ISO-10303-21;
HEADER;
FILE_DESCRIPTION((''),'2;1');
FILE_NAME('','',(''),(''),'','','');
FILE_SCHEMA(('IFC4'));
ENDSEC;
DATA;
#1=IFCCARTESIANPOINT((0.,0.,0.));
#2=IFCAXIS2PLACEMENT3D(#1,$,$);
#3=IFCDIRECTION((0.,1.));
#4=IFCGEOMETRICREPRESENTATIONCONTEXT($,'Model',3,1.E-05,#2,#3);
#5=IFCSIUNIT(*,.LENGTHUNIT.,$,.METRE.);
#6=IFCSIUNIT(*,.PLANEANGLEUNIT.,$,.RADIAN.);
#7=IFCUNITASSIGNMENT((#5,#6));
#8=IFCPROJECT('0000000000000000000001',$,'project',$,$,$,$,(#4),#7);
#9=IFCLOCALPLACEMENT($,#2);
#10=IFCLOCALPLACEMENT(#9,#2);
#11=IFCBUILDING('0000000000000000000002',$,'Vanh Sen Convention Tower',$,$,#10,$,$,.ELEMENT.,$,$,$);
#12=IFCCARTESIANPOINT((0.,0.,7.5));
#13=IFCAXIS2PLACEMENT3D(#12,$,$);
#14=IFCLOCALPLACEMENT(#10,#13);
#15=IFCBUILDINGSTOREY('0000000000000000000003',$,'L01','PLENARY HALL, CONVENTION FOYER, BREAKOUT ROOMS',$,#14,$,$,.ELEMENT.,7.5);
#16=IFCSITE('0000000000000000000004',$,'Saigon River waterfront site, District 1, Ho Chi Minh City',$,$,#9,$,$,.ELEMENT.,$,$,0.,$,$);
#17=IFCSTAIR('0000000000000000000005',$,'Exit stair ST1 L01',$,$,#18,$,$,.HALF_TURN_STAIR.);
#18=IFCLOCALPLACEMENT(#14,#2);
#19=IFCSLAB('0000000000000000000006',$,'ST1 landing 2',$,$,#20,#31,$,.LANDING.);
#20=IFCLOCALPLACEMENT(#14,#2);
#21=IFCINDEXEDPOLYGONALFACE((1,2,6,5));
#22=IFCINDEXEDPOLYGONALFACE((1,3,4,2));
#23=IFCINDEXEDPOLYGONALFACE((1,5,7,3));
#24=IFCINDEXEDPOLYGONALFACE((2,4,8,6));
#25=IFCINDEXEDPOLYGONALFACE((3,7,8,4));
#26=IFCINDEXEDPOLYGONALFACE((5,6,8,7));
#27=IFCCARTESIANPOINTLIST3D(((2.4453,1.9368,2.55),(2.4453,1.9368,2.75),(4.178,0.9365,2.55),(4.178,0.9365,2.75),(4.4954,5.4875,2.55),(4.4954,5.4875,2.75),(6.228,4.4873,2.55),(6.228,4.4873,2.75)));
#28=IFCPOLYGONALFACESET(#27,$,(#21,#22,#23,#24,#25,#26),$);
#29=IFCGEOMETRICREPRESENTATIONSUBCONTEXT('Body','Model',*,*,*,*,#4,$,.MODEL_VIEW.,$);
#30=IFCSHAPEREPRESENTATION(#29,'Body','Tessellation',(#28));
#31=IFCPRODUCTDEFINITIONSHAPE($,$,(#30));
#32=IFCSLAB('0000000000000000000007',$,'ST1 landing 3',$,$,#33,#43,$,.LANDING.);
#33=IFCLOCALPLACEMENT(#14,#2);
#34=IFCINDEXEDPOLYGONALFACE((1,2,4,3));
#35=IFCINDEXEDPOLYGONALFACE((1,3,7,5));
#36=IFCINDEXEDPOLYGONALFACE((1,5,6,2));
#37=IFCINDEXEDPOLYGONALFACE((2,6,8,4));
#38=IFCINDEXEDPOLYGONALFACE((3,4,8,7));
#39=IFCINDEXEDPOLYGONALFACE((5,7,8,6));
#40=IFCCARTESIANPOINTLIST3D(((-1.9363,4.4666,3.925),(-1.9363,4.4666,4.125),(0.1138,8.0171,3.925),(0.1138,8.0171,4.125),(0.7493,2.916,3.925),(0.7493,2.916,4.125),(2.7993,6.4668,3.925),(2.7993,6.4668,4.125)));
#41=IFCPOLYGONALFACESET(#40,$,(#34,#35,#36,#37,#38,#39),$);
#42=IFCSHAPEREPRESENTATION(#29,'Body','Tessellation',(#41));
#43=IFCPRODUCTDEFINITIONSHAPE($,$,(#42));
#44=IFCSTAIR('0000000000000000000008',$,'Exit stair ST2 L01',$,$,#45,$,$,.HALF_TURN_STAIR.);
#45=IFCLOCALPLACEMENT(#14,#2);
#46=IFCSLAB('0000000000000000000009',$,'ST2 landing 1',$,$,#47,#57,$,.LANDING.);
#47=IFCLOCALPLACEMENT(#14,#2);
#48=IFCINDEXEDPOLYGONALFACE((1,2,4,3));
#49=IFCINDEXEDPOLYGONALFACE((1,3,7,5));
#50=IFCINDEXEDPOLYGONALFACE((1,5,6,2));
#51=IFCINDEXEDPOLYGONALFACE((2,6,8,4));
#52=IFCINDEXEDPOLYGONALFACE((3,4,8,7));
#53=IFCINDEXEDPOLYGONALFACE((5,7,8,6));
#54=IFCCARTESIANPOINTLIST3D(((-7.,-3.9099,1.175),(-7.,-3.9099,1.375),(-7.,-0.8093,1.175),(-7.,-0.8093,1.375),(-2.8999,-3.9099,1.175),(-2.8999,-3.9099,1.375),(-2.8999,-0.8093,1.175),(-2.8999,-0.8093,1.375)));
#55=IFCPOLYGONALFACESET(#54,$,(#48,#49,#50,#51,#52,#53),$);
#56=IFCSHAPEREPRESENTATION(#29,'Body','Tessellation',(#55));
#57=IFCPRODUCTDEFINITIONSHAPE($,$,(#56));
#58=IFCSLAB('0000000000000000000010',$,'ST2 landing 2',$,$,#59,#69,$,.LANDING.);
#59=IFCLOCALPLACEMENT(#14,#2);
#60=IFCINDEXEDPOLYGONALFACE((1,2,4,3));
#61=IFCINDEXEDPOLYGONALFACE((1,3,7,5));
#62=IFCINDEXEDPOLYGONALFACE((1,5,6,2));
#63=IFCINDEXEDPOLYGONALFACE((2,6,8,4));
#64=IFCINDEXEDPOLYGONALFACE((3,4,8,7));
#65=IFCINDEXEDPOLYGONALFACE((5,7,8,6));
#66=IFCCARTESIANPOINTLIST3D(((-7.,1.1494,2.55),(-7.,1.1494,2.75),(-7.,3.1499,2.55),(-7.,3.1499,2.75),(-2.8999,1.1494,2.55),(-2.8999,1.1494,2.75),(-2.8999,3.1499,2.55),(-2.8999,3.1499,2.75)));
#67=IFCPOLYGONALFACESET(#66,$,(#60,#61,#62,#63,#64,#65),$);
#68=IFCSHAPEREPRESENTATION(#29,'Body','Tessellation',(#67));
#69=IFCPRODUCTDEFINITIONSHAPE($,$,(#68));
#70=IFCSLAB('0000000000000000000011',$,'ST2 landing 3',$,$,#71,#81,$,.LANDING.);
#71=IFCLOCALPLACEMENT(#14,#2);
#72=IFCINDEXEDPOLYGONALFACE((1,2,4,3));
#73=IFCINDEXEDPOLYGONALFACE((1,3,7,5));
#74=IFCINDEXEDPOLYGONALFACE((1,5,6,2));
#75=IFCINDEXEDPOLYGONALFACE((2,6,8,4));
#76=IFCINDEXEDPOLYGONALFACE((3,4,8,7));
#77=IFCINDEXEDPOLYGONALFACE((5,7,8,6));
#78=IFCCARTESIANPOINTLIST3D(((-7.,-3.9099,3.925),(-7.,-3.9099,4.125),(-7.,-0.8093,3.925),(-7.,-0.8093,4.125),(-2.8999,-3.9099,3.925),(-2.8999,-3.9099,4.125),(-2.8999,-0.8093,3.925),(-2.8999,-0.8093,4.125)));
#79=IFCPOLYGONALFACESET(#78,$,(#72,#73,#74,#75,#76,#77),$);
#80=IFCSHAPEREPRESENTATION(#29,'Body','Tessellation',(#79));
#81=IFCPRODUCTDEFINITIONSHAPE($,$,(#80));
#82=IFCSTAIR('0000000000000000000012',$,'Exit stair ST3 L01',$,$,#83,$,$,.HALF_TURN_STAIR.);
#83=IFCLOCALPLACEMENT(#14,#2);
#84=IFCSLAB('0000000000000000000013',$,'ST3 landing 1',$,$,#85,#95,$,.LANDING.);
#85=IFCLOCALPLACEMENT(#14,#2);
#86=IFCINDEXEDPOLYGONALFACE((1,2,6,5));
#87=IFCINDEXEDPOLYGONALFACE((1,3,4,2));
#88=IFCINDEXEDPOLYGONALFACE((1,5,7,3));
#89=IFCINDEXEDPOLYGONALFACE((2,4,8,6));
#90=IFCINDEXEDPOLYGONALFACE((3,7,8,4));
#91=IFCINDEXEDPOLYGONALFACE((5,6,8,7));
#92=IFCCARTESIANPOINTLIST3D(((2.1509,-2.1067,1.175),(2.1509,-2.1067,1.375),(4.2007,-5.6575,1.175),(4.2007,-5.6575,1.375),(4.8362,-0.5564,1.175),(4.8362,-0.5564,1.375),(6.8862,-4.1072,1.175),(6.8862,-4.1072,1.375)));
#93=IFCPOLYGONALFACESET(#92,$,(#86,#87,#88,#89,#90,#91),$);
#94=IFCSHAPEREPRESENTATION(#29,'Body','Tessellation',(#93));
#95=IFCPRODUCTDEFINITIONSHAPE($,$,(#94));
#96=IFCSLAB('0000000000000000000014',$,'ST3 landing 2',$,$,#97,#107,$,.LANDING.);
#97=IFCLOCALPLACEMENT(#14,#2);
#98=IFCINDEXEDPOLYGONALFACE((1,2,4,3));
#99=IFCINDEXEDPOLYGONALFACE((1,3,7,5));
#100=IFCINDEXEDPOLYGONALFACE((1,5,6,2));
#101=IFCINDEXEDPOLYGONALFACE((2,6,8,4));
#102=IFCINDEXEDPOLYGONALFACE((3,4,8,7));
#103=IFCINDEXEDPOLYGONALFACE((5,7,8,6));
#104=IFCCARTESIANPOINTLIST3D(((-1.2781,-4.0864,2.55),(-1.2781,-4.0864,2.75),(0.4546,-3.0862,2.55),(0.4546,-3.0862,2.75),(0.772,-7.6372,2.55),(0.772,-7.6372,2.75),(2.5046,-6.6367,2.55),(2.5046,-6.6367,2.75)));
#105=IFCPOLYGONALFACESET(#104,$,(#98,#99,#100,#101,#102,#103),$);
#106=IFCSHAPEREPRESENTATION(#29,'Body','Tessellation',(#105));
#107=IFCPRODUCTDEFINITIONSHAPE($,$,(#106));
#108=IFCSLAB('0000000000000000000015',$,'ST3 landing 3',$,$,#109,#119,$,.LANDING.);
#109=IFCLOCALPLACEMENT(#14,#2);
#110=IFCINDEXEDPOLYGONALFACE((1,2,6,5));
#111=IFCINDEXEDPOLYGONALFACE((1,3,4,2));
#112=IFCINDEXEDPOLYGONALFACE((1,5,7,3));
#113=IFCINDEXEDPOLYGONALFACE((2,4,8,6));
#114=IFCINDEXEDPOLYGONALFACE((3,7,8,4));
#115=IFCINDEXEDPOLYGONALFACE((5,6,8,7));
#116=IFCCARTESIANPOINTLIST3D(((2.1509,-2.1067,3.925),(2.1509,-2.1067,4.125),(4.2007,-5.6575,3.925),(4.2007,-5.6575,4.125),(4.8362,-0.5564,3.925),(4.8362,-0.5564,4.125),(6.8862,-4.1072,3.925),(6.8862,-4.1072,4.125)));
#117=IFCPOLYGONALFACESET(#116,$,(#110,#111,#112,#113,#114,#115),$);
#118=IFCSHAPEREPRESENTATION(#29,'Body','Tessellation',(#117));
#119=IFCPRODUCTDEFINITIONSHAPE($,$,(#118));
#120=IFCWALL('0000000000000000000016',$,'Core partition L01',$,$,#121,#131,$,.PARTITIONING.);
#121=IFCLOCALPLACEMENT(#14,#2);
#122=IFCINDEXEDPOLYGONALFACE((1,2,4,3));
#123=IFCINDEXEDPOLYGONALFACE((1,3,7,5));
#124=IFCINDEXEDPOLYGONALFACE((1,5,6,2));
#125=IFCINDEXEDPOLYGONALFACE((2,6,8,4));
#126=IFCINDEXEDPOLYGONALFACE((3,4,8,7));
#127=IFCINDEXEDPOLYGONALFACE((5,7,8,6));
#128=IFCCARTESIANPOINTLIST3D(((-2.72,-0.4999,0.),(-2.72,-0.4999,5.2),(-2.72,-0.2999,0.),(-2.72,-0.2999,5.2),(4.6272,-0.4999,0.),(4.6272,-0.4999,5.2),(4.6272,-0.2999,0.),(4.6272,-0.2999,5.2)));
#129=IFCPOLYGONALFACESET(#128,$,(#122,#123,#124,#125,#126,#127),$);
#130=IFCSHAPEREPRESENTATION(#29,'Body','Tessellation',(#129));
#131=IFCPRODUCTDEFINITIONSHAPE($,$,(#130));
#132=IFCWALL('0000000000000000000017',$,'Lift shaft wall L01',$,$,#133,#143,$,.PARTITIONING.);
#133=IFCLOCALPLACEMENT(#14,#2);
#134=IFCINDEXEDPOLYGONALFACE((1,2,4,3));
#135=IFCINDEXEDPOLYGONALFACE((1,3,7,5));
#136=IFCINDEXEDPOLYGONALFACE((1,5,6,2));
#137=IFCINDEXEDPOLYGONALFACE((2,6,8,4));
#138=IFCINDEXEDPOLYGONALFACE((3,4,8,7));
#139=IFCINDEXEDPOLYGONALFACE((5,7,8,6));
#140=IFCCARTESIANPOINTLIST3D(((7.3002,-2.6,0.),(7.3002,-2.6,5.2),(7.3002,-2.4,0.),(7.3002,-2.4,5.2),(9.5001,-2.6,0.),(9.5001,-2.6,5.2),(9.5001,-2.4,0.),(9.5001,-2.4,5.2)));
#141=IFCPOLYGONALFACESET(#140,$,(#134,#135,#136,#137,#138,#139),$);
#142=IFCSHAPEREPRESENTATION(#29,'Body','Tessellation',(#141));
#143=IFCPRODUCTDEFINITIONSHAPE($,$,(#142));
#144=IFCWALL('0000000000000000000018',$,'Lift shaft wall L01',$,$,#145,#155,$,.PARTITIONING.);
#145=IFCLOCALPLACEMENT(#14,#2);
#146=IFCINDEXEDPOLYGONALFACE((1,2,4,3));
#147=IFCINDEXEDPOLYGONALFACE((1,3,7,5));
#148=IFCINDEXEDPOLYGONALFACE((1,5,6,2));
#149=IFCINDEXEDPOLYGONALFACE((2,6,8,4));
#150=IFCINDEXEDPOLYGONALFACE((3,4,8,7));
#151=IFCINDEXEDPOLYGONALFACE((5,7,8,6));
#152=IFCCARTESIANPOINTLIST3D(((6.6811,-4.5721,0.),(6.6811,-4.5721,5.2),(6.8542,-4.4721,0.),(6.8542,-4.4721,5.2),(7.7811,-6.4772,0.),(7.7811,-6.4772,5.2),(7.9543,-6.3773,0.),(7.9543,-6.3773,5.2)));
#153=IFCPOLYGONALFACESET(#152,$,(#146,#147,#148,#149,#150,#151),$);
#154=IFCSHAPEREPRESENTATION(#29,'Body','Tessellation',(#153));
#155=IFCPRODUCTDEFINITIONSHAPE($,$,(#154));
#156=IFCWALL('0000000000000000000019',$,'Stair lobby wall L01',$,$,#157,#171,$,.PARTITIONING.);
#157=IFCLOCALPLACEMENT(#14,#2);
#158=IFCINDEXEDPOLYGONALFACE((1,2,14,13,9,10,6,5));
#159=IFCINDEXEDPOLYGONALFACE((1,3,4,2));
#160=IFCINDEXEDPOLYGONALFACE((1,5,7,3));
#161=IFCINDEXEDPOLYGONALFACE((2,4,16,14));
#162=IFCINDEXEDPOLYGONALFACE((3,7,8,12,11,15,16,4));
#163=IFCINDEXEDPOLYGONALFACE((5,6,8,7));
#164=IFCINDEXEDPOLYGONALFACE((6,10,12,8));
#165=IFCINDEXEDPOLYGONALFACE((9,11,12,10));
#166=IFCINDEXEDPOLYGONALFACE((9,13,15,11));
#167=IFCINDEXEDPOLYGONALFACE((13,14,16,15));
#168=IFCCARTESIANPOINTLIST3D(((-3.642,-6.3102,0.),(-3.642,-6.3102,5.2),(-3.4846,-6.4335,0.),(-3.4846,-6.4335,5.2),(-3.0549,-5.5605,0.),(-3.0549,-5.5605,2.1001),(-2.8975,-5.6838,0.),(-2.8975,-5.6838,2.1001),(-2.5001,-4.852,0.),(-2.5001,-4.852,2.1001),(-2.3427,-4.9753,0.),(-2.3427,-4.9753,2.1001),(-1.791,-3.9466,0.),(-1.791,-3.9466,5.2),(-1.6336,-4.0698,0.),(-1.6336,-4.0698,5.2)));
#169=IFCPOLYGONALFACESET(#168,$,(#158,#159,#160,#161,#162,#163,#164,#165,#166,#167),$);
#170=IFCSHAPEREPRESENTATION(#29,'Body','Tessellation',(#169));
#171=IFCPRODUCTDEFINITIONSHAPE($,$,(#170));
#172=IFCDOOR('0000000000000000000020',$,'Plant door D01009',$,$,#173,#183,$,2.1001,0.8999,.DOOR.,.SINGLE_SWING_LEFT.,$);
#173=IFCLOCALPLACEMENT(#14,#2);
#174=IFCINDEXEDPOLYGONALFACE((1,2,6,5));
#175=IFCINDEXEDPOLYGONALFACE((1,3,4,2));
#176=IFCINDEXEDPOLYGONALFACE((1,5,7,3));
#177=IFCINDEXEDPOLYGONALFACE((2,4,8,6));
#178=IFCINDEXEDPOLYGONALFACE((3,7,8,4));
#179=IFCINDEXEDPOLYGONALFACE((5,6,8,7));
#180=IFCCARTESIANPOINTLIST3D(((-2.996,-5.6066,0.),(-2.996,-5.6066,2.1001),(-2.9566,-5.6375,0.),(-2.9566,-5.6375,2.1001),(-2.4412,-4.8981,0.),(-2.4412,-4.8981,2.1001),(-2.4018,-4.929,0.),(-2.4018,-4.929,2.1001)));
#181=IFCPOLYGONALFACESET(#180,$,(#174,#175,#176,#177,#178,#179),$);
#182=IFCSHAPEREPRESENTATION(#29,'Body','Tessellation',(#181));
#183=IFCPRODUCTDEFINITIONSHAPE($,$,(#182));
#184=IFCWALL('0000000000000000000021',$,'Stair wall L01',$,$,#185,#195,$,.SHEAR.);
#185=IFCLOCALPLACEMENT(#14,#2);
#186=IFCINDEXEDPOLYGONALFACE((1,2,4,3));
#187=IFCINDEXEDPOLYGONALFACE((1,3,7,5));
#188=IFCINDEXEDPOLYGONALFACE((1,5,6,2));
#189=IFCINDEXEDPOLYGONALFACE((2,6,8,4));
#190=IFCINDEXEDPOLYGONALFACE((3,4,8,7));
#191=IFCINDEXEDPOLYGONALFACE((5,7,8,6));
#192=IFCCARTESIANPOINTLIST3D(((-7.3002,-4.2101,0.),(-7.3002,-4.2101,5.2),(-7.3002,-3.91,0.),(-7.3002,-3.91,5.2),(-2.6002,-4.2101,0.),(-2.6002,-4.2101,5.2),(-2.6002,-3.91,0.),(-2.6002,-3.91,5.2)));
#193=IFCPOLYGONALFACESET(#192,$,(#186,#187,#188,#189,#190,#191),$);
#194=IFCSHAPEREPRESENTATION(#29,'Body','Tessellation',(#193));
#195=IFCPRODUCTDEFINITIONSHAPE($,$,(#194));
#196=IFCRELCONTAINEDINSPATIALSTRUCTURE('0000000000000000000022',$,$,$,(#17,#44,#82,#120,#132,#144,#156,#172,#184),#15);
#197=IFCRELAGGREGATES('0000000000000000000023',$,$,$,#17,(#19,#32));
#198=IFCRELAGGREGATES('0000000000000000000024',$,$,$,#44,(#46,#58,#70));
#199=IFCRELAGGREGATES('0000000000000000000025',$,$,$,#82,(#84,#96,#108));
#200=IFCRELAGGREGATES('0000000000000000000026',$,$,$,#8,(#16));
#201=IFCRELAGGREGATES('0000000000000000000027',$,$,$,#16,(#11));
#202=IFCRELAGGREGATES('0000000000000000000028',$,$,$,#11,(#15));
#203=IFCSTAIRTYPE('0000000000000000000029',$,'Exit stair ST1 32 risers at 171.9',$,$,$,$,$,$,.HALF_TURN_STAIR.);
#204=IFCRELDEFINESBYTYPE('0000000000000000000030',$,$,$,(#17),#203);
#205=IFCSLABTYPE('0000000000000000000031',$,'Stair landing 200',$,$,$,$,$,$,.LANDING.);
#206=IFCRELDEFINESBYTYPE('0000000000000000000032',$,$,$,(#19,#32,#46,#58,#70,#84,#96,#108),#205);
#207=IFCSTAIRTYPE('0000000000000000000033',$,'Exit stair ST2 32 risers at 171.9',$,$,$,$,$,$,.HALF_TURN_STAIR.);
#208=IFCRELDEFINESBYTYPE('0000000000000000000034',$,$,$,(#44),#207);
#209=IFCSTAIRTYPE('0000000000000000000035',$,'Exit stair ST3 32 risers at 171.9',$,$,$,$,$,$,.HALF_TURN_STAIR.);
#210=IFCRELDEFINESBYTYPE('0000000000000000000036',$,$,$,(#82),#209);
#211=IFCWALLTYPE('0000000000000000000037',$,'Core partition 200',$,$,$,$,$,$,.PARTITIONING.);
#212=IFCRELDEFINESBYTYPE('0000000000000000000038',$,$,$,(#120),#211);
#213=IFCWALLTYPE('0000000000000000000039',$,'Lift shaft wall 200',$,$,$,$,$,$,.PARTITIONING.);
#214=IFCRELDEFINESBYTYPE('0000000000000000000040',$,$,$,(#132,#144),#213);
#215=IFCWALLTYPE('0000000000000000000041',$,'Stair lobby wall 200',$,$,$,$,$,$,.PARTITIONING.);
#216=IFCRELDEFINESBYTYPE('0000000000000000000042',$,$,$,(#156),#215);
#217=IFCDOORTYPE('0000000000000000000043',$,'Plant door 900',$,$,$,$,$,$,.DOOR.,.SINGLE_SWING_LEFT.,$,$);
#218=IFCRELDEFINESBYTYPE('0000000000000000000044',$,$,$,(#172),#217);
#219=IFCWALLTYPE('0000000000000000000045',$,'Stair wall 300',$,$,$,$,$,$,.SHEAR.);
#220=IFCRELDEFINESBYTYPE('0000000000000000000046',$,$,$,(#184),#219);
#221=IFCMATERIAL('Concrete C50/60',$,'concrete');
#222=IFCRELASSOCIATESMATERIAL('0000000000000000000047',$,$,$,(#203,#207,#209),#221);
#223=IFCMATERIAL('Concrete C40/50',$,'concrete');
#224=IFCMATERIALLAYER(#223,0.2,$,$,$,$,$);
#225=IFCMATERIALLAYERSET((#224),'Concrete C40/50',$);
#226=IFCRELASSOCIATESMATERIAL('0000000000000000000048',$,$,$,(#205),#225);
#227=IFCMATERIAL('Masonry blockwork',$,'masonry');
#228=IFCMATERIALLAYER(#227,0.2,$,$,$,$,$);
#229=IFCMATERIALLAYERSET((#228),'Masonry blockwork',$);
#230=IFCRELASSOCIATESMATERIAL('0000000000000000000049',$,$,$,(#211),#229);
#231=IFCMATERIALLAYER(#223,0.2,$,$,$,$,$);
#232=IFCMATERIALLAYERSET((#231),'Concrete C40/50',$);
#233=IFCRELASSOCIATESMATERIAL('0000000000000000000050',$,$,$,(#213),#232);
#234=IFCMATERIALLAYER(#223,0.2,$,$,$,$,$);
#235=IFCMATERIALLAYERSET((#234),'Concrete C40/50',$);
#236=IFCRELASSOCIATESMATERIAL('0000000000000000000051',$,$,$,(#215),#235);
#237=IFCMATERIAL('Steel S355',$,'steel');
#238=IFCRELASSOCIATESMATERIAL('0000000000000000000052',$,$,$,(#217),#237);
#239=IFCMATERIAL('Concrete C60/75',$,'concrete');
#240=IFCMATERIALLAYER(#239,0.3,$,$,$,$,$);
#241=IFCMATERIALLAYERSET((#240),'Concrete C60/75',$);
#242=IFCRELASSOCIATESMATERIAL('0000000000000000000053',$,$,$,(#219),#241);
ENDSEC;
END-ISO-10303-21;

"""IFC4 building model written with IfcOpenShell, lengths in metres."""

from ifc_helpers import new_model, si_unit, direction, frame, frame_2d, origin, place, context, subcontext, project, spatial, polyline, rectangle, outline, extrude, material, layer, layer_set, type_object, element, fill, aggregate, save


model = new_model("IFC4")

# Units and contexts
model_context = context("Model", 3, precision=1e-05, world=origin(), true_north=direction((0.0, 1.0)))
body_context = subcontext(model_context, "Body", "Model", "MODEL_VIEW")
ifc_project = project(units=[si_unit("LENGTHUNIT", "METRE"), si_unit("PLANEANGLEUNIT", "RADIAN")], contexts=[model_context])

# Site, building, storey
site_placement = place(None, origin())
site = spatial("IfcSite", under=ifc_project, at=site_placement, Name="Saigon River waterfront site, District 1, Ho Chi Minh City", CompositionType="ELEMENT", RefElevation=0.0)
building_placement = place(site_placement, origin())
building = spatial("IfcBuilding", under=site, at=building_placement, Name="Vanh Sen Convention Tower", CompositionType="ELEMENT")
storey_placement = place(building_placement, frame((0.0, 0.0, 7.5)))
storey = spatial("IfcBuildingStorey", under=building, at=storey_placement, Name="L01", Description="PLENARY HALL, CONVENTION FOYER, BREAKOUT ROOMS", CompositionType="ELEMENT", Elevation=7.5)

# Shared definitions
ifc_material_1 = material(Name="Concrete C40/50", Category="concrete")

# Stairs, slabs
ifc_material_2 = material(Name="Concrete C50/60", Category="concrete")
stair_type_1 = type_object("IfcStairType", Name="Exit stair ST1 32 risers at 171.9", PredefinedType="HALF_TURN_STAIR", material=ifc_material_2)
stair_1_placement = place(storey_placement, origin())
stair_1 = element("IfcStair", 1, at=stair_1_placement, inside=storey, type_object=stair_type_1, Name="Exit stair ST1 L01", PredefinedType="HALF_TURN_STAIR")
ifc_layer_1 = layer(ifc_material_1, 0.2)
ifc_layer_set_1 = layer_set([ifc_layer_1], Name="Concrete C40/50")
slab_type_1 = type_object("IfcSlabType", Name="Stair landing 200", PredefinedType="LANDING", material=ifc_layer_set_1)
slab_1_placement = place(storey_placement, frame((0.0, 0.0, 2.55)))
slab_1 = element("IfcSlab", 2, at=slab_1_placement, type_object=slab_type_1, Name="ST1 landing 2", PredefinedType="LANDING", context=body_context, shape_type="SweptSolid", body=[
    extrude(outline(polyline([(6.228, 4.4873), (4.4954, 5.4875), (2.4453, 1.9368), (4.178, 0.9365), (6.228, 4.4873)])), origin(), (0.0, 0.0, 1.0), 0.2),
])
slab_2_placement = place(storey_placement, frame((0.0, 0.0, 3.925)))
slab_2 = element("IfcSlab", 3, at=slab_2_placement, type_object=slab_type_1, Name="ST1 landing 3", PredefinedType="LANDING", context=body_context, shape_type="SweptSolid", body=[
    extrude(outline(polyline([(2.7993, 6.4668), (0.1138, 8.0171), (-1.9363, 4.4666), (0.7493, 2.916), (2.7993, 6.4668)])), origin(), (0.0, 0.0, 1.0), 0.2),
])
aggregate(stair_1, [slab_1, slab_2])
stair_type_2 = type_object("IfcStairType", Name="Exit stair ST2 32 risers at 171.9", PredefinedType="HALF_TURN_STAIR", material=ifc_material_2)
stair_2_placement = place(storey_placement, origin())
stair_2 = element("IfcStair", 4, at=stair_2_placement, inside=storey, type_object=stair_type_2, Name="Exit stair ST2 L01", PredefinedType="HALF_TURN_STAIR")
slab_3_placement = place(storey_placement, frame((0.0, 0.0, 1.175)))
slab_3 = element("IfcSlab", 5, at=slab_3_placement, type_object=slab_type_1, Name="ST2 landing 1", PredefinedType="LANDING", context=body_context, shape_type="SweptSolid", body=[
    extrude(outline(polyline([(-7.0, -0.8093), (-7.0, -3.9099), (-2.8999, -3.9099), (-2.8999, -0.8093), (-7.0, -0.8093)])), origin(), (0.0, 0.0, 1.0), 0.2),
])
slab_4_placement = place(storey_placement, frame((0.0, 0.0, 2.55)))
slab_4 = element("IfcSlab", 6, at=slab_4_placement, type_object=slab_type_1, Name="ST2 landing 2", PredefinedType="LANDING", context=body_context, shape_type="SweptSolid", body=[
    extrude(outline(polyline([(-7.0, 3.1499), (-7.0, 1.1494), (-2.8999, 1.1494), (-2.8999, 3.1499), (-7.0, 3.1499)])), origin(), (0.0, 0.0, 1.0), 0.2),
])
slab_5_placement = place(storey_placement, frame((0.0, 0.0, 3.925)))
slab_5 = element("IfcSlab", 7, at=slab_5_placement, type_object=slab_type_1, Name="ST2 landing 3", PredefinedType="LANDING", context=body_context, shape_type="SweptSolid", body=[
    extrude(outline(polyline([(-7.0, -0.8093), (-7.0, -3.9099), (-2.8999, -3.9099), (-2.8999, -0.8093), (-7.0, -0.8093)])), origin(), (0.0, 0.0, 1.0), 0.2),
])
aggregate(stair_2, [slab_3, slab_4, slab_5])
stair_type_3 = type_object("IfcStairType", Name="Exit stair ST3 32 risers at 171.9", PredefinedType="HALF_TURN_STAIR", material=ifc_material_2)
stair_3_placement = place(storey_placement, origin())
stair_3 = element("IfcStair", 8, at=stair_3_placement, inside=storey, type_object=stair_type_3, Name="Exit stair ST3 L01", PredefinedType="HALF_TURN_STAIR")
slab_6_placement = place(storey_placement, frame((0.0, 0.0, 1.175)))
slab_6 = element("IfcSlab", 9, at=slab_6_placement, type_object=slab_type_1, Name="ST3 landing 1", PredefinedType="LANDING", context=body_context, shape_type="SweptSolid", body=[
    extrude(outline(polyline([(4.2007, -5.6575), (6.8862, -4.1072), (4.8362, -0.5564), (2.1509, -2.1067), (4.2007, -5.6575)])), origin(), (0.0, 0.0, 1.0), 0.2),
])
slab_7_placement = place(storey_placement, frame((0.0, 0.0, 2.55)))
slab_7 = element("IfcSlab", 10, at=slab_7_placement, type_object=slab_type_1, Name="ST3 landing 2", PredefinedType="LANDING", context=body_context, shape_type="SweptSolid", body=[
    extrude(outline(polyline([(0.772, -7.6372), (2.5046, -6.6367), (0.4546, -3.0862), (-1.2781, -4.0864), (0.772, -7.6372)])), origin(), (0.0, 0.0, 1.0), 0.2),
])
slab_8_placement = place(storey_placement, frame((0.0, 0.0, 3.925)))
slab_8 = element("IfcSlab", 11, at=slab_8_placement, type_object=slab_type_1, Name="ST3 landing 3", PredefinedType="LANDING", context=body_context, shape_type="SweptSolid", body=[
    extrude(outline(polyline([(4.2007, -5.6575), (6.8862, -4.1072), (4.8362, -0.5564), (2.1509, -2.1067), (4.2007, -5.6575)])), origin(), (0.0, 0.0, 1.0), 0.2),
])
aggregate(stair_3, [slab_6, slab_7, slab_8])

# Walls
ifc_material_3 = material(Name="Masonry blockwork", Category="masonry")
ifc_layer_2 = layer(ifc_material_3, 0.2)
ifc_layer_set_2 = layer_set([ifc_layer_2], Name="Masonry blockwork")
wall_type_1 = type_object("IfcWallType", Name="Core partition 200", PredefinedType="PARTITIONING", material=ifc_layer_set_2)
wall_1_placement = place(storey_placement, frame((-2.72, -0.3999, 0.0), z_axis=(0.0, 0.0, 1.0), x_axis=(1.0, 0.0, 0.0)))
element("IfcWall", 12, at=wall_1_placement, inside=storey, type_object=wall_type_1, Name="Core partition L01", PredefinedType="PARTITIONING", context=body_context, shape_type="SweptSolid", body=[
    extrude(rectangle(XDim=7.3472, YDim=0.2, at=frame_2d((3.6736, 0.0))), origin(), (0.0, 0.0, 1.0), 5.2),
])
ifc_layer_3 = layer(ifc_material_1, 0.2)
ifc_layer_set_3 = layer_set([ifc_layer_3], Name="Concrete C40/50")
wall_type_2 = type_object("IfcWallType", Name="Lift shaft wall 200", PredefinedType="PARTITIONING", material=ifc_layer_set_3)
for number, where, z_axis, x_axis, name in (
    (13, (7.3, -2.5, 0.0), (0.0, 0.0, 1.0), (1.0, 0.0, 0.0), "Lift shaft wall L01"),
    (14, (6.7676, -4.522, 0.0), (0.0, 0.0, 1.0), (0.50003, -0.866008, 0.0), "Lift shaft wall L01"),
):
    element("IfcWall", number, at=place(storey_placement, frame(where, z_axis=z_axis, x_axis=x_axis)), inside=storey, type_object=wall_type_2, Name=name, PredefinedType="PARTITIONING", context=body_context, shape_type="SweptSolid", body=[
        extrude(rectangle(XDim=2.2, YDim=0.2, at=frame_2d((1.1001, 0.0))), origin(), (0.0, 0.0, 1.0), 5.2),
    ])

# Wall, opening, door
ifc_layer_4 = layer(ifc_material_1, 0.2)
ifc_layer_set_4 = layer_set([ifc_layer_4], Name="Concrete C40/50")
wall_type_3 = type_object("IfcWallType", Name="Stair lobby wall 200", PredefinedType="PARTITIONING", material=ifc_layer_set_4)
wall_2_placement = place(storey_placement, frame((-1.7124, -4.0083, 0.0), z_axis=(0.0, 0.0, 1.0), x_axis=(-0.616549, -0.787316, 0.0)))
wall_2 = element("IfcWall", 15, at=wall_2_placement, inside=storey, type_object=wall_type_3, Name="Stair lobby wall L01", PredefinedType="PARTITIONING", context=body_context, shape_type="SweptSolid", body=[
    extrude(rectangle(XDim=3.0022, YDim=0.2, at=frame_2d((1.501, 0.0))), origin(), (0.0, 0.0, 1.0), 5.2),
])
opening_1_placement = place(wall_2_placement, frame((1.1499, 0.0, 0.0)))
opening_1 = element("IfcOpeningElement", 16, at=opening_1_placement, cuts=wall_2, PredefinedType="OPENING", context=body_context, shape_type="SweptSolid", body=[
    extrude(rectangle(XDim=0.8999, YDim=2.1001, at=frame_2d((0.45, 1.05))), frame((0.0, 0.1099, 0.0), z_axis=(0.0, -1.0, 0.0), x_axis=(1.0, 0.0, 0.0)), (0.0, 0.0, 1.0), 0.22),
])
ifc_material_4 = material(Name="Steel S355", Category="steel")
door_type_1 = type_object("IfcDoorType", Name="Plant door 900", OperationType="SINGLE_SWING_LEFT", PredefinedType="DOOR", material=ifc_material_4)
door_1_placement = place(opening_1_placement, origin())
door_1 = element("IfcDoor", 17, at=door_1_placement, inside=storey, type_object=door_type_1, Name="Plant door D01009", OperationType="SINGLE_SWING_LEFT", OverallHeight=2.1001, OverallWidth=0.8999, PredefinedType="DOOR", context=body_context, shape_type="SweptSolid", body=[
    extrude(rectangle(XDim=0.8999, YDim=2.1001, at=frame_2d((0.45, 1.05))), frame((0.0, 0.0249, 0.0), z_axis=(0.0, -1.0, 0.0), x_axis=(1.0, 0.0, 0.0)), (0.0, 0.0, 1.0), 0.05),
])
fill(opening_1, door_1)

# Wall
ifc_material_5 = material(Name="Concrete C60/75", Category="concrete")
ifc_layer_5 = layer(ifc_material_5, 0.3)
ifc_layer_set_5 = layer_set([ifc_layer_5], Name="Concrete C60/75")
wall_type_4 = type_object("IfcWallType", Name="Stair wall 300", PredefinedType="SHEAR", material=ifc_layer_set_5)
wall_3_placement = place(storey_placement, frame((-2.6001, -4.0601, 0.0), z_axis=(0.0, 0.0, 1.0), x_axis=(-1.0, 0.0, 0.0)))
element("IfcWall", 18, at=wall_3_placement, inside=storey, type_object=wall_type_4, Name="Stair wall L01", PredefinedType="SHEAR", context=body_context, shape_type="SweptSolid", body=[
    extrude(rectangle(XDim=4.7, YDim=0.3, at=frame_2d((2.3501, 0.0))), origin(), (0.0, 0.0, 1.0), 5.2),
])

save(model, "model.ifc")
